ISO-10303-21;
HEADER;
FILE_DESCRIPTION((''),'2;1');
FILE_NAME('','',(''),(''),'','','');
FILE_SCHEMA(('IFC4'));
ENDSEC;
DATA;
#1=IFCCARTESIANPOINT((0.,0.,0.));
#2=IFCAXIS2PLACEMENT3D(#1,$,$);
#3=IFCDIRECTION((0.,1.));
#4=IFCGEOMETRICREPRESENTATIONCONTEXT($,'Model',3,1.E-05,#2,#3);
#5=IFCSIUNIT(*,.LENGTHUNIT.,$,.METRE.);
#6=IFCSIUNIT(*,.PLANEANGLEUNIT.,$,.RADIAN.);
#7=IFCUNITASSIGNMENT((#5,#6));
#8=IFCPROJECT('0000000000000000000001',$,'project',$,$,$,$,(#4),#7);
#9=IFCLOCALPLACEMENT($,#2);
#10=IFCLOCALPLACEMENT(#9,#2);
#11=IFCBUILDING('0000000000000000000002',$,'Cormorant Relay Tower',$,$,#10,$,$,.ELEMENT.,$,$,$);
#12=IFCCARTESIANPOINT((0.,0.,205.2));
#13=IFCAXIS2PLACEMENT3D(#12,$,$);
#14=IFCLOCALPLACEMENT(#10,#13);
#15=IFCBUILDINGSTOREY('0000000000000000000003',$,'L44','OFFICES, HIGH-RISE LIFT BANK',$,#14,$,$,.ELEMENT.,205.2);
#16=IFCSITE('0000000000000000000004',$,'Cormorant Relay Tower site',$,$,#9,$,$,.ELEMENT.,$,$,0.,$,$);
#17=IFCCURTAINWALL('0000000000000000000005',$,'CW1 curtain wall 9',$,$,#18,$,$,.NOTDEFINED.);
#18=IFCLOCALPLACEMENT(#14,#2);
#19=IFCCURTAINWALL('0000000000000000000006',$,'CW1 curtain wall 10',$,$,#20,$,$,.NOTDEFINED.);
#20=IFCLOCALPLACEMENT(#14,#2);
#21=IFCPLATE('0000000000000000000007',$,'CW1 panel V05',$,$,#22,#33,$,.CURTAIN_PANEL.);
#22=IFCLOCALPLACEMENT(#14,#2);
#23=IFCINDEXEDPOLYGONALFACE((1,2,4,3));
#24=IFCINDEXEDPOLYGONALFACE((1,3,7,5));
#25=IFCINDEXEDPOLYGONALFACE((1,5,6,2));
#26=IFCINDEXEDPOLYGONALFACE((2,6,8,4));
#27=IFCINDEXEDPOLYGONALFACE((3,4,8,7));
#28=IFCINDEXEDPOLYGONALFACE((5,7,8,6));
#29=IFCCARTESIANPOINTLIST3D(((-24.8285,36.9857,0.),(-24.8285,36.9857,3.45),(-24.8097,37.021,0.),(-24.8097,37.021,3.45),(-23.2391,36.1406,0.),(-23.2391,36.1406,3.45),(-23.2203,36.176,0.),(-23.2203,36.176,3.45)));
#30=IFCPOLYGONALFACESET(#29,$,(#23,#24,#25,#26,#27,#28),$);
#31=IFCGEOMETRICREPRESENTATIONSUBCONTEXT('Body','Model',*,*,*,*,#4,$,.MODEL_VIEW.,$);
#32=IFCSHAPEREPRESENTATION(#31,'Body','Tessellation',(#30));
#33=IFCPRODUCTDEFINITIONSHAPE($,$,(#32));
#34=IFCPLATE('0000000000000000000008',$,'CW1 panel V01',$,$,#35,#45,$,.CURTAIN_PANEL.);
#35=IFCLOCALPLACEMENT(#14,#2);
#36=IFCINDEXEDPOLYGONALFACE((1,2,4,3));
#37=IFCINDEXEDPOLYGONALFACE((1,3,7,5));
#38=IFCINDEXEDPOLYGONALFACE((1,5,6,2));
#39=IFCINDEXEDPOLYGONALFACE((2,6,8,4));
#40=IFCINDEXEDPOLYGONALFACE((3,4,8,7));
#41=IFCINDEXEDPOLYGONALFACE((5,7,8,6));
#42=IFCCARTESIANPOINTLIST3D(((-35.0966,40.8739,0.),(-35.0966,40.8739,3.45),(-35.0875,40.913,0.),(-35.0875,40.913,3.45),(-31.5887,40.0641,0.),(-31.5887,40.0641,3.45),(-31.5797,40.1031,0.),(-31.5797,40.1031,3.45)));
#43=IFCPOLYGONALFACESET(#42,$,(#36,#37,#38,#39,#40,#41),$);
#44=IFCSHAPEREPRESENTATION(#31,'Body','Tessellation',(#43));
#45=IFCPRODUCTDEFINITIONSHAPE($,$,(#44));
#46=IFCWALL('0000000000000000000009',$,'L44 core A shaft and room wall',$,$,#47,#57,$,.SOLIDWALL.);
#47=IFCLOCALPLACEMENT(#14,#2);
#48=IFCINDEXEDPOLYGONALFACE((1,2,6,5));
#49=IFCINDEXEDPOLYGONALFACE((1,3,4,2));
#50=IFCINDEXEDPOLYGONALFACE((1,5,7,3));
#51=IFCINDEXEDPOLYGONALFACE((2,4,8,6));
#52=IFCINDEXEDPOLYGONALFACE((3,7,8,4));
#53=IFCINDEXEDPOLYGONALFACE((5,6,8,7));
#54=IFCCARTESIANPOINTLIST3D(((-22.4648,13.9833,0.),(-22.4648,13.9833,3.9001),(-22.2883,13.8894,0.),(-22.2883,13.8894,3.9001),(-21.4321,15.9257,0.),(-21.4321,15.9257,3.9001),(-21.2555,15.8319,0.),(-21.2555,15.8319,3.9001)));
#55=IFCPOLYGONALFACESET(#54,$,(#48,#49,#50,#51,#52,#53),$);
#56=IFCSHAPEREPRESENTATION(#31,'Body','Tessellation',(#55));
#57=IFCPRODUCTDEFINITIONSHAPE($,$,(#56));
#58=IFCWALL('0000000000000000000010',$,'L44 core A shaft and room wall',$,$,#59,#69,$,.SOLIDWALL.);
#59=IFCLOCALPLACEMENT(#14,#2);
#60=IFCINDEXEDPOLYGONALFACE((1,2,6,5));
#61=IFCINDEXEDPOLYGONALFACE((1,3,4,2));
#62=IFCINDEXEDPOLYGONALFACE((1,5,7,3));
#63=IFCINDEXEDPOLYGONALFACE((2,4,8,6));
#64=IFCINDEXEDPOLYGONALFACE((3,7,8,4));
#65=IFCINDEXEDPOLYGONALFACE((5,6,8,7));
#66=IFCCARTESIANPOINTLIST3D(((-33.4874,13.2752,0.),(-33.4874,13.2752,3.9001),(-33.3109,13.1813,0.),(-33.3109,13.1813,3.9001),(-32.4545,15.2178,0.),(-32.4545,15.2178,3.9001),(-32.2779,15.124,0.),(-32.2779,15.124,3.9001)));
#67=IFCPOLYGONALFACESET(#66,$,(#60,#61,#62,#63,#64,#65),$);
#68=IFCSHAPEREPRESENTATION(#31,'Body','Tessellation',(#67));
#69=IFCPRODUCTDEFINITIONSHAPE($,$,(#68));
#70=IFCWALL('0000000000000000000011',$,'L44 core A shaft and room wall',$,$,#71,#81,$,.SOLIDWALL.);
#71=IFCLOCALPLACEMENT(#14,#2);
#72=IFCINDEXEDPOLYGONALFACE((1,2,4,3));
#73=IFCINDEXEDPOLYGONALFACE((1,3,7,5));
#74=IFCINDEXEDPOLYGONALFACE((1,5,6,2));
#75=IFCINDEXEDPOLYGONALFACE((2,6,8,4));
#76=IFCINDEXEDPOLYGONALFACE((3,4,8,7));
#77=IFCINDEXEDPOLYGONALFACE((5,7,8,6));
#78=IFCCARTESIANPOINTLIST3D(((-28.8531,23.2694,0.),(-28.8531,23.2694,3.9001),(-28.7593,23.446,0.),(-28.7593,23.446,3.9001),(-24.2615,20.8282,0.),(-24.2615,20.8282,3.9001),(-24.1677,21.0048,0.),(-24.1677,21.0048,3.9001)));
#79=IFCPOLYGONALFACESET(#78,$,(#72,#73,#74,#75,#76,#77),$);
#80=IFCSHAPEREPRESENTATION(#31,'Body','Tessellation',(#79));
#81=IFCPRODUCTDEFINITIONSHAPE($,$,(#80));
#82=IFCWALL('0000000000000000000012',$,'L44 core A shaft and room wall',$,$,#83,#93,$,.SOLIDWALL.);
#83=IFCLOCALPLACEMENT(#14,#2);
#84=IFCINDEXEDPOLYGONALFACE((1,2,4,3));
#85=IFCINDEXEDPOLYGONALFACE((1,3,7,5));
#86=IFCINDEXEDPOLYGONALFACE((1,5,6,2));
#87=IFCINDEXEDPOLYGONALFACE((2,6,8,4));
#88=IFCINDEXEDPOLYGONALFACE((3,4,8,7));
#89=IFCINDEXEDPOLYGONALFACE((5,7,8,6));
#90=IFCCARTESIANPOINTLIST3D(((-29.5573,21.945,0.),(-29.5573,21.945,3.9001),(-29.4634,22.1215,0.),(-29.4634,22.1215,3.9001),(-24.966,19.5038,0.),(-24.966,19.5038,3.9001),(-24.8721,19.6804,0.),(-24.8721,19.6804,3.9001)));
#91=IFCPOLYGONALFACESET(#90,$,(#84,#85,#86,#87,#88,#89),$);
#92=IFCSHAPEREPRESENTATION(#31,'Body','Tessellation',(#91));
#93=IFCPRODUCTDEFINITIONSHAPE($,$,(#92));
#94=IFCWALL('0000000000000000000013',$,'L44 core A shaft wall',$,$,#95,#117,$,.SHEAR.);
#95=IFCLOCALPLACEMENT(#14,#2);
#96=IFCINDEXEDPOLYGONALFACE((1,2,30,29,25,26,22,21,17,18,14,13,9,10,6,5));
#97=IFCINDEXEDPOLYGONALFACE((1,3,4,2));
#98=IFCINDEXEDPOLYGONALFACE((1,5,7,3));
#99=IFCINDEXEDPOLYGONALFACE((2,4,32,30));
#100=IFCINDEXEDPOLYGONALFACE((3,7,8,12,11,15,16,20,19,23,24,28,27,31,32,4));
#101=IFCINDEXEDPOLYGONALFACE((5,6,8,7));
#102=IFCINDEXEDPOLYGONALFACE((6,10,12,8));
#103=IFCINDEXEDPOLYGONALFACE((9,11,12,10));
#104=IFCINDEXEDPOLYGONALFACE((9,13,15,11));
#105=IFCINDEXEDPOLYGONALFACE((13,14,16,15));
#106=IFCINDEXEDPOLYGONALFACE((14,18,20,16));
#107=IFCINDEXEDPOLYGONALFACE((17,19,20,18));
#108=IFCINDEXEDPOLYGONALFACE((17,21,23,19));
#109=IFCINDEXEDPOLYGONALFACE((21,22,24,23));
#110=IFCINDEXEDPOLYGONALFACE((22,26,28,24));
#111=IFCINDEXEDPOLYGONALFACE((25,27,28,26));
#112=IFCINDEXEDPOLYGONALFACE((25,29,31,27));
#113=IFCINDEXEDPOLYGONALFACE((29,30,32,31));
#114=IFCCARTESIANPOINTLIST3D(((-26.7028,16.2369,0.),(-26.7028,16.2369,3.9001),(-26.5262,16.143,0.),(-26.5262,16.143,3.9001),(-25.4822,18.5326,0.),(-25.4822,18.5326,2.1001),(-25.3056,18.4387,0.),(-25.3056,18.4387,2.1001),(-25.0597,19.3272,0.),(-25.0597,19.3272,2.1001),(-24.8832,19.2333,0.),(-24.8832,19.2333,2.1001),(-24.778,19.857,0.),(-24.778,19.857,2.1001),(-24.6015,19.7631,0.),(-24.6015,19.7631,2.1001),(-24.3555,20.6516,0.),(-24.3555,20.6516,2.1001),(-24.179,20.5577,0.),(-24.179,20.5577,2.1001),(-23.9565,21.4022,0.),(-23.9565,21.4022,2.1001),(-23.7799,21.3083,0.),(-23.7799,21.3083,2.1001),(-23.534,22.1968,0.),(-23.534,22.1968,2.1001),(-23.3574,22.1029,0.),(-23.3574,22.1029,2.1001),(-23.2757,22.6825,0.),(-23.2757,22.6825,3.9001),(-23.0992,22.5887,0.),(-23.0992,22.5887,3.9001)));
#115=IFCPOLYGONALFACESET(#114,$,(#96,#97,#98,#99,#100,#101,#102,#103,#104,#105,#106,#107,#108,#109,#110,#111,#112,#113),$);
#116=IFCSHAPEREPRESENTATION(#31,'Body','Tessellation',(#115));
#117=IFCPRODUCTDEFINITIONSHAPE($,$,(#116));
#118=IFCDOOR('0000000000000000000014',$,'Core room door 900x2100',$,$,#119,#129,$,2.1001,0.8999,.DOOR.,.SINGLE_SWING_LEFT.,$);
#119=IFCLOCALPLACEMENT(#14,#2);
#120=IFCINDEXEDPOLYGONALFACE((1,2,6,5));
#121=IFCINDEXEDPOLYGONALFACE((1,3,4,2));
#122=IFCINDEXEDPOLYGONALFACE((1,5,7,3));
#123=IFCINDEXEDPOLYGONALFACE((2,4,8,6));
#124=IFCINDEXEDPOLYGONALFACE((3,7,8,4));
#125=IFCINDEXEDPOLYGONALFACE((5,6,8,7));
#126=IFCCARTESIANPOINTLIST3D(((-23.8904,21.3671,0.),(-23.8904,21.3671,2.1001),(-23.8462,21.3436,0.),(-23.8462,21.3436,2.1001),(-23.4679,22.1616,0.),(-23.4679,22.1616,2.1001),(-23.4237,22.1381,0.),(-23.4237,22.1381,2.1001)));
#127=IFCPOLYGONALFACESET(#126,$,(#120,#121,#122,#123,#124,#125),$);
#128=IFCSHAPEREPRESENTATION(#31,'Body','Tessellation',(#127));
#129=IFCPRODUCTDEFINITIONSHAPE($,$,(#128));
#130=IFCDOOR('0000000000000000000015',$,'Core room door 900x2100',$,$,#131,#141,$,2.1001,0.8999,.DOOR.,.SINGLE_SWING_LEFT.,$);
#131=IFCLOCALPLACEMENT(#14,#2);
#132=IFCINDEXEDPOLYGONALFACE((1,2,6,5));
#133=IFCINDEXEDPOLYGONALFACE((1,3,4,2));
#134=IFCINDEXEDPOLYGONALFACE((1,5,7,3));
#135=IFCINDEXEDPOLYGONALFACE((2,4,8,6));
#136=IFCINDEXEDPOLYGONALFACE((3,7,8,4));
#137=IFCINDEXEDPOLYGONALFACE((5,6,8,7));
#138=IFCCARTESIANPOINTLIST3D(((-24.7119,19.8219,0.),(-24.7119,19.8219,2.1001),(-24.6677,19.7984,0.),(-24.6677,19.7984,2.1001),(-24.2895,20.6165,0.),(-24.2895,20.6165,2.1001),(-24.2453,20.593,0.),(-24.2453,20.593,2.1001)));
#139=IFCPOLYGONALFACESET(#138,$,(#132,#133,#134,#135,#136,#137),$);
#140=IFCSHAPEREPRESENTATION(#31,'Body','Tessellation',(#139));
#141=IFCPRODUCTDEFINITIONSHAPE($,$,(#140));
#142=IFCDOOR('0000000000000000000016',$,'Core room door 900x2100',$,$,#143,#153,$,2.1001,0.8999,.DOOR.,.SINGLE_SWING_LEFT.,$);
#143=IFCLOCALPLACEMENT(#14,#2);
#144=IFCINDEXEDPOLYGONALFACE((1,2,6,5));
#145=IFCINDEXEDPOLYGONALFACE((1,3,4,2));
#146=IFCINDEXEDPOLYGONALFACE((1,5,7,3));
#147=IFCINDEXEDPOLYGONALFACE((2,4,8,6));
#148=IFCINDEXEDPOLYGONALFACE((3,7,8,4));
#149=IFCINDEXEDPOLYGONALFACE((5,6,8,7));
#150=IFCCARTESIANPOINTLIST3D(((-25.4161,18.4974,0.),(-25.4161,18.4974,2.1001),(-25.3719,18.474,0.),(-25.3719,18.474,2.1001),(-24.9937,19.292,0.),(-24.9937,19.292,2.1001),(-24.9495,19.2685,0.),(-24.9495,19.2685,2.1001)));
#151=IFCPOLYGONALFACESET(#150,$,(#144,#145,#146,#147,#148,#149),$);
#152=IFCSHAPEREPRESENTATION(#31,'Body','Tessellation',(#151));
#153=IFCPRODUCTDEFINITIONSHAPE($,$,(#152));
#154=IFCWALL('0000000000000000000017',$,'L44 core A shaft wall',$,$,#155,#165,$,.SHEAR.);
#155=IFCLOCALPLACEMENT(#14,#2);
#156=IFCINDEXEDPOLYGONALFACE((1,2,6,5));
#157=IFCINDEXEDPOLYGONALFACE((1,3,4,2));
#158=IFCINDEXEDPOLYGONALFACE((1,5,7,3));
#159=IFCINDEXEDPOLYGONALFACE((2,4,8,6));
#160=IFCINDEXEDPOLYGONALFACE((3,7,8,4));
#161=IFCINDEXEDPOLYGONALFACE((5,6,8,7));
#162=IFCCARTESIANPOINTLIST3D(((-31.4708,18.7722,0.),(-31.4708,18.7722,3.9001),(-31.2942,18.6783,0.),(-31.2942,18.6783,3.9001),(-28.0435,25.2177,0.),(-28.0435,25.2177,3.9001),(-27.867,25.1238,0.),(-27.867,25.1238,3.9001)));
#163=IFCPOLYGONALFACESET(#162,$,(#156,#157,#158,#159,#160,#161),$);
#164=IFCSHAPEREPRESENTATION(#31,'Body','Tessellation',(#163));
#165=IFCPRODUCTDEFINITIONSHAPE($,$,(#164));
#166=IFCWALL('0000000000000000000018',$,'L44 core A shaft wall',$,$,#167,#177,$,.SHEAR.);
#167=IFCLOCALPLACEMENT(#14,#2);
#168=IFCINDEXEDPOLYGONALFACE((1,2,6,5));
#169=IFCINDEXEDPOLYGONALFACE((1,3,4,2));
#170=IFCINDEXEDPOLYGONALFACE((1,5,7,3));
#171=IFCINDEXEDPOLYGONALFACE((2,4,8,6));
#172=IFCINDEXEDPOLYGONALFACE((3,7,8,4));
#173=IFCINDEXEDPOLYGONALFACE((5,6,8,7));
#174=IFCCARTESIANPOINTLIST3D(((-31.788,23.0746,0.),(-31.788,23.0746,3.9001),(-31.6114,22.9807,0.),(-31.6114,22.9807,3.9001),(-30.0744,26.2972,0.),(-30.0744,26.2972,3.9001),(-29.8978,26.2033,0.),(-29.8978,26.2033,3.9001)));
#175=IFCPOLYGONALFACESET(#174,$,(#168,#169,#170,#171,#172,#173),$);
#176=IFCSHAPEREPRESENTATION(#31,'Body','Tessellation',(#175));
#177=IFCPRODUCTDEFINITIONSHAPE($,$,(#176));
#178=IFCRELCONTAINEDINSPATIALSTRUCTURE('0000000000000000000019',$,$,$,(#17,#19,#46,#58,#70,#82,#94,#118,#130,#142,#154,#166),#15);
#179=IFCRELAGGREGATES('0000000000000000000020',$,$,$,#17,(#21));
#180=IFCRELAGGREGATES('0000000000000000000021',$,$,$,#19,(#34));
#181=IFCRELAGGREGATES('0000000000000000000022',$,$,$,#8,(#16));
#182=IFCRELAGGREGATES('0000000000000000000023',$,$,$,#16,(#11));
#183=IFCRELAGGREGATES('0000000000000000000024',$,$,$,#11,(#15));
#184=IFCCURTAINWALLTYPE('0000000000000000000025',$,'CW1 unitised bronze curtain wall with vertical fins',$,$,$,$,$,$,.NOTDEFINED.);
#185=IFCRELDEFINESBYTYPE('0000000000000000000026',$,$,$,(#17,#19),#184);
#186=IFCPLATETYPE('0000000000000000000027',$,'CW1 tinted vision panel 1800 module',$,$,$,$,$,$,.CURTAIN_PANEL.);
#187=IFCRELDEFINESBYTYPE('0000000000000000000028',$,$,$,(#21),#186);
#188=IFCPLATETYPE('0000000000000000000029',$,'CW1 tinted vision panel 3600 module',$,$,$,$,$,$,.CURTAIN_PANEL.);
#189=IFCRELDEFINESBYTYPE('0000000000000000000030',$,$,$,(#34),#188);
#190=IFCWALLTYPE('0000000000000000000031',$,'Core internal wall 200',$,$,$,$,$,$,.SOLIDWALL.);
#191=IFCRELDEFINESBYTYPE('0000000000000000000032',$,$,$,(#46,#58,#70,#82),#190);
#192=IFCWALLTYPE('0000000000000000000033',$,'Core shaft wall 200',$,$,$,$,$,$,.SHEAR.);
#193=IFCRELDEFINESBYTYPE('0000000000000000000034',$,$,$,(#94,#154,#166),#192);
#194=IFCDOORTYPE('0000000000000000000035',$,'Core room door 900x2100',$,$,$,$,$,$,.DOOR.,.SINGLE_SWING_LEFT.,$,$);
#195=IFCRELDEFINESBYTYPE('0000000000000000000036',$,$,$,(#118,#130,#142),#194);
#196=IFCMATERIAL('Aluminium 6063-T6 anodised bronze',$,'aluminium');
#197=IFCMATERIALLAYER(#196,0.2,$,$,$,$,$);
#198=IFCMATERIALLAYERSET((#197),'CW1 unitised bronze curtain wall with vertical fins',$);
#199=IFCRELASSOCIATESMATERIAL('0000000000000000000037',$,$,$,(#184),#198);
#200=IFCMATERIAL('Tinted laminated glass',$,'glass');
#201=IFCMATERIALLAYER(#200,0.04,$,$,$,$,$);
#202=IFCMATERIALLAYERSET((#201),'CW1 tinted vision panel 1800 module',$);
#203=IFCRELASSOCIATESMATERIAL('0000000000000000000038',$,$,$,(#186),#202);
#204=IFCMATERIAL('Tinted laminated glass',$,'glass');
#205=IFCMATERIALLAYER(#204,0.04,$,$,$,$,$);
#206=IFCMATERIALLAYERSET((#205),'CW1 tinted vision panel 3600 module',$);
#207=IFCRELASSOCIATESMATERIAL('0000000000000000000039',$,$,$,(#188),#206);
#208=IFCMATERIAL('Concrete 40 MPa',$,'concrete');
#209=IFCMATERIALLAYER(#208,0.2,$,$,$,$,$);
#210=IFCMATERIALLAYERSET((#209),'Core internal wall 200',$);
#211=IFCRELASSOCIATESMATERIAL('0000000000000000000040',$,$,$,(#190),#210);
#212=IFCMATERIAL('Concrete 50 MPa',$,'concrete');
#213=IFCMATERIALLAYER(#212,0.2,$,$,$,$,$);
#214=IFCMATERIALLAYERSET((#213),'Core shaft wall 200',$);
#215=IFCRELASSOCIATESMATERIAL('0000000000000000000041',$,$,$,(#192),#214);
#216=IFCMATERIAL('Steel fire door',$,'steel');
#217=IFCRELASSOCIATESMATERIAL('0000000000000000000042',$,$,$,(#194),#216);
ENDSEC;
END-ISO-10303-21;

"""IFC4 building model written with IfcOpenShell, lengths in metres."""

from ifc_helpers import new_model, si_unit, direction, frame, frame_2d, origin, origin_2d, place, context, subcontext, project, spatial, rectangle, extrude, material, layer, layer_set, type_object, element, fill, aggregate, save


model = new_model("IFC4")

# Units and contexts
model_context = context("Model", 3, precision=1e-05, world=origin(), true_north=direction((0.0, 1.0)))
body_context = subcontext(model_context, "Body", "Model", "MODEL_VIEW")
ifc_project = project(units=[si_unit("LENGTHUNIT", "METRE"), si_unit("PLANEANGLEUNIT", "RADIAN")], contexts=[model_context])

# Site, building, storey
site_placement = place(None, origin())
site = spatial("IfcSite", under=ifc_project, at=site_placement, Name="Cormorant Relay Tower site", CompositionType="ELEMENT", RefElevation=0.0)
building_placement = place(site_placement, origin())
building = spatial("IfcBuilding", under=site, at=building_placement, Name="Cormorant Relay Tower", CompositionType="ELEMENT")
storey_placement = place(building_placement, frame((0.0, 0.0, 205.2)))
storey = spatial("IfcBuildingStorey", under=building, at=storey_placement, Name="L44", Description="OFFICES, HIGH-RISE LIFT BANK", CompositionType="ELEMENT", Elevation=205.2)

# Curtain wall
ifc_material_1 = material(Name="Aluminium 6063-T6 anodised bronze", Category="aluminium")
ifc_layer_1 = layer(ifc_material_1, 0.2)
ifc_layer_set_1 = layer_set([ifc_layer_1], Name="CW1 unitised bronze curtain wall with vertical fins")
curtain_wall_type = type_object("IfcCurtainWallType", Name="CW1 unitised bronze curtain wall with vertical fins", PredefinedType="NOTDEFINED", material=ifc_layer_set_1)
curtain_wall_1_placement = place(storey_placement, origin())
curtain_wall_1 = element("IfcCurtainWall", 1, at=curtain_wall_1_placement, inside=storey, type_object=curtain_wall_type, Name="CW1 curtain wall 9", PredefinedType="NOTDEFINED")

# Curtain wall
curtain_wall_2_placement = place(storey_placement, origin())
curtain_wall_2 = element("IfcCurtainWall", 2, at=curtain_wall_2_placement, inside=storey, type_object=curtain_wall_type, Name="CW1 curtain wall 10", PredefinedType="NOTDEFINED")

# Plates
ifc_material_2 = material(Name="Tinted laminated glass", Category="glass")
ifc_layer_2 = layer(ifc_material_2, 0.04)
ifc_layer_set_2 = layer_set([ifc_layer_2], Name="CW1 tinted vision panel 1800 module")
plate_type_1 = type_object("IfcPlateType", Name="CW1 tinted vision panel 1800 module", PredefinedType="CURTAIN_PANEL", material=ifc_layer_set_2)
plate_1_placement = place(storey_placement, frame((-24.0244, 36.5808, 0.0), z_axis=(0.0, 0.0, 1.0), x_axis=(-0.882948, 0.469472, 0.0)))
plate_1 = element("IfcPlate", 3, at=plate_1_placement, type_object=plate_type_1, Name="CW1 panel V05", PredefinedType="CURTAIN_PANEL", context=body_context, shape_type="SweptSolid", body=[
    extrude(rectangle(XDim=1.8, YDim=0.04, at=origin_2d()), origin(), (0.0, 0.0, 1.0), 3.45),
])
ifc_material_3 = material(Name="Tinted laminated glass", Category="glass")
ifc_layer_3 = layer(ifc_material_3, 0.04)
ifc_layer_set_3 = layer_set([ifc_layer_3], Name="CW1 tinted vision panel 3600 module")
plate_type_2 = type_object("IfcPlateType", Name="CW1 tinted vision panel 3600 module", PredefinedType="CURTAIN_PANEL", material=ifc_layer_set_3)
plate_2_placement = place(storey_placement, frame((-33.3381, 40.4885, 0.0), z_axis=(0.0, 0.0, 1.0), x_axis=(-0.97437, 0.224951, 0.0)))
plate_2 = element("IfcPlate", 4, at=plate_2_placement, type_object=plate_type_2, Name="CW1 panel V01", PredefinedType="CURTAIN_PANEL", context=body_context, shape_type="SweptSolid", body=[
    extrude(rectangle(XDim=3.6001, YDim=0.04, at=origin_2d()), origin(), (0.0, 0.0, 1.0), 3.45),
])

# Walls
ifc_material_4 = material(Name="Concrete 40 MPa", Category="concrete")
ifc_layer_4 = layer(ifc_material_4, 0.2)
ifc_layer_set_4 = layer_set([ifc_layer_4], Name="Core internal wall 200")
wall_type_1 = type_object("IfcWallType", Name="Core internal wall 200", PredefinedType="SOLIDWALL", material=ifc_layer_set_4)
wall_1_placement = place(storey_placement, frame((-21.3438, 15.8789, 0.0), z_axis=(0.0, 0.0, 1.0), x_axis=(-0.469447, -0.88296, 0.0)))
element("IfcWall", 5, at=wall_1_placement, inside=storey, type_object=wall_type_1, Name="L44 core A shaft and room wall", PredefinedType="SOLIDWALL", context=body_context, shape_type="SweptSolid", body=[
    extrude(rectangle(XDim=2.2, YDim=0.2, at=frame_2d((1.1001, 0.0))), origin(), (0.0, 0.0, 1.0), 3.9001),
])
wall_2_placement = place(storey_placement, frame((-32.3662, 15.1709, 0.0), z_axis=(0.0, 0.0, 1.0), x_axis=(-0.469488, -0.882939, 0.0)))
element("IfcWall", 6, at=wall_2_placement, inside=storey, type_object=wall_type_1, Name="L44 core A shaft and room wall", PredefinedType="SOLIDWALL", context=body_context, shape_type="SweptSolid", body=[
    extrude(rectangle(XDim=2.2002, YDim=0.2, at=frame_2d((1.1001, 0.0))), origin(), (0.0, 0.0, 1.0), 3.9001),
])
wall_3_placement = place(storey_placement, frame((-24.2146, 20.9165, 0.0), z_axis=(0.0, 0.0, 1.0), x_axis=(-0.882964, 0.46944, 0.0)))
element("IfcWall", 7, at=wall_3_placement, inside=storey, type_object=wall_type_1, Name="L44 core A shaft and room wall", PredefinedType="SOLIDWALL", context=body_context, shape_type="SweptSolid", body=[
    extrude(rectangle(XDim=5.2002, YDim=0.2, at=frame_2d((2.6001, 0.0))), origin(), (0.0, 0.0, 1.0), 3.9001),
])
wall_4_placement = place(storey_placement, frame((-24.9189, 19.592, 0.0), z_axis=(0.0, 0.0, 1.0), x_axis=(-0.882954, 0.46946, 0.0)))
element("IfcWall", 8, at=wall_4_placement, inside=storey, type_object=wall_type_1, Name="L44 core A shaft and room wall", PredefinedType="SOLIDWALL", context=body_context, shape_type="SweptSolid", body=[
    extrude(rectangle(XDim=5.2, YDim=0.2, at=frame_2d((2.6001, 0.0))), origin(), (0.0, 0.0, 1.0), 3.9001),
])

# Wall, openings, doors
ifc_material_5 = material(Name="Concrete 50 MPa", Category="concrete")
ifc_layer_5 = layer(ifc_material_5, 0.2)
ifc_layer_set_5 = layer_set([ifc_layer_5], Name="Core shaft wall 200")
wall_type_2 = type_object("IfcWallType", Name="Core shaft wall 200", PredefinedType="SHEAR", material=ifc_layer_set_5)
wall_5_placement = place(storey_placement, frame((-23.1875, 22.6355, 0.0), z_axis=(0.0, 0.0, 1.0), x_axis=(-0.469454, -0.882957, 0.0)))
wall_5 = element("IfcWall", 9, at=wall_5_placement, inside=storey, type_object=wall_type_2, Name="L44 core A shaft wall", PredefinedType="SHEAR", context=body_context, shape_type="SweptSolid", body=[
    extrude(rectangle(XDim=7.3, YDim=0.2, at=frame_2d((3.6499, 0.0))), origin(), (0.0, 0.0, 1.0), 3.9001),
])
opening_1_placement = place(wall_5_placement, frame((0.55, 0.0, 0.0)))
opening_1 = element("IfcOpeningElement", 10, at=opening_1_placement, cuts=wall_5, PredefinedType="OPENING", context=body_context, shape_type="SweptSolid", body=[
    extrude(rectangle(XDim=0.8999, YDim=2.1001, at=frame_2d((0.45, 1.05))), frame((0.0, 0.1099, 0.0), z_axis=(0.0, -1.0, 0.0), x_axis=(1.0, 0.0, 0.0)), (0.0, 0.0, 1.0), 0.22),
])
opening_2_placement = place(wall_5_placement, frame((2.3, 0.0, 0.0)))
opening_2 = element("IfcOpeningElement", 11, at=opening_2_placement, cuts=wall_5, PredefinedType="OPENING", context=body_context, shape_type="SweptSolid", body=[
    extrude(rectangle(XDim=0.8999, YDim=2.1001, at=frame_2d((0.45, 1.05))), frame((0.0, 0.1099, 0.0), z_axis=(0.0, -1.0, 0.0), x_axis=(1.0, 0.0, 0.0)), (0.0, 0.0, 1.0), 0.22),
])
opening_3_placement = place(wall_5_placement, frame((3.8, 0.0, 0.0)))
opening_3 = element("IfcOpeningElement", 12, at=opening_3_placement, cuts=wall_5, PredefinedType="OPENING", context=body_context, shape_type="SweptSolid", body=[
    extrude(rectangle(XDim=0.8999, YDim=2.1001, at=frame_2d((0.45, 1.05))), frame((0.0, 0.1099, 0.0), z_axis=(0.0, -1.0, 0.0), x_axis=(1.0, 0.0, 0.0)), (0.0, 0.0, 1.0), 0.22),
])
ifc_material_6 = material(Name="Steel fire door", Category="steel")
door_type_1 = type_object("IfcDoorType", Name="Core room door 900x2100", OperationType="SINGLE_SWING_LEFT", PredefinedType="DOOR", material=ifc_material_6)
door_1_placement = place(opening_1_placement, origin())
door_1 = element("IfcDoor", 13, at=door_1_placement, inside=storey, type_object=door_type_1, Name="Core room door 900x2100", OperationType="SINGLE_SWING_LEFT", OverallHeight=2.1001, OverallWidth=0.8999, PredefinedType="DOOR", context=body_context, shape_type="SweptSolid", body=[
    extrude(rectangle(XDim=0.8999, YDim=2.1001, at=frame_2d((0.45, 1.05))), frame((0.0, 0.0249, 0.0), z_axis=(0.0, -1.0, 0.0), x_axis=(1.0, 0.0, 0.0)), (0.0, 0.0, 1.0), 0.05),
])
fill(opening_1, door_1)
door_2_placement = place(opening_2_placement, origin())
door_2 = element("IfcDoor", 14, at=door_2_placement, inside=storey, type_object=door_type_1, Name="Core room door 900x2100", OperationType="SINGLE_SWING_LEFT", OverallHeight=2.1001, OverallWidth=0.8999, PredefinedType="DOOR", context=body_context, shape_type="SweptSolid", body=[
    extrude(rectangle(XDim=0.8999, YDim=2.1001, at=frame_2d((0.45, 1.05))), frame((0.0, 0.0249, 0.0), z_axis=(0.0, -1.0, 0.0), x_axis=(1.0, 0.0, 0.0)), (0.0, 0.0, 1.0), 0.05),
])
fill(opening_2, door_2)
door_3_placement = place(opening_3_placement, origin())
door_3 = element("IfcDoor", 15, at=door_3_placement, inside=storey, type_object=door_type_1, Name="Core room door 900x2100", OperationType="SINGLE_SWING_LEFT", OverallHeight=2.1001, OverallWidth=0.8999, PredefinedType="DOOR", context=body_context, shape_type="SweptSolid", body=[
    extrude(rectangle(XDim=0.8999, YDim=2.1001, at=frame_2d((0.45, 1.05))), frame((0.0, 0.0249, 0.0), z_axis=(0.0, -1.0, 0.0), x_axis=(1.0, 0.0, 0.0)), (0.0, 0.0, 1.0), 0.05),
])
fill(opening_3, door_3)

# Walls
wall_6_placement = place(storey_placement, frame((-27.9553, 25.1707, 0.0), z_axis=(0.0, 0.0, 1.0), x_axis=(-0.46948, -0.882943, 0.0)))
element("IfcWall", 16, at=wall_6_placement, inside=storey, type_object=wall_type_2, Name="L44 core A shaft wall", PredefinedType="SHEAR", context=body_context, shape_type="SweptSolid", body=[
    extrude(rectangle(XDim=7.3, YDim=0.2, at=frame_2d((3.6499, 0.0))), origin(), (0.0, 0.0, 1.0), 3.9001),
])
wall_7_placement = place(storey_placement, frame((-29.9861, 26.2502, 0.0), z_axis=(0.0, 0.0, 1.0), x_axis=(-0.469494, -0.882936, 0.0)))
element("IfcWall", 17, at=wall_7_placement, inside=storey, type_object=wall_type_2, Name="L44 core A shaft wall", PredefinedType="SHEAR", context=body_context, shape_type="SweptSolid", body=[
    extrude(rectangle(XDim=3.6499, YDim=0.2, at=frame_2d((1.825, 0.0))), origin(), (0.0, 0.0, 1.0), 3.9001),
])

aggregate(curtain_wall_1, [plate_1])
aggregate(curtain_wall_2, [plate_2])

save(model, "model.ifc")
